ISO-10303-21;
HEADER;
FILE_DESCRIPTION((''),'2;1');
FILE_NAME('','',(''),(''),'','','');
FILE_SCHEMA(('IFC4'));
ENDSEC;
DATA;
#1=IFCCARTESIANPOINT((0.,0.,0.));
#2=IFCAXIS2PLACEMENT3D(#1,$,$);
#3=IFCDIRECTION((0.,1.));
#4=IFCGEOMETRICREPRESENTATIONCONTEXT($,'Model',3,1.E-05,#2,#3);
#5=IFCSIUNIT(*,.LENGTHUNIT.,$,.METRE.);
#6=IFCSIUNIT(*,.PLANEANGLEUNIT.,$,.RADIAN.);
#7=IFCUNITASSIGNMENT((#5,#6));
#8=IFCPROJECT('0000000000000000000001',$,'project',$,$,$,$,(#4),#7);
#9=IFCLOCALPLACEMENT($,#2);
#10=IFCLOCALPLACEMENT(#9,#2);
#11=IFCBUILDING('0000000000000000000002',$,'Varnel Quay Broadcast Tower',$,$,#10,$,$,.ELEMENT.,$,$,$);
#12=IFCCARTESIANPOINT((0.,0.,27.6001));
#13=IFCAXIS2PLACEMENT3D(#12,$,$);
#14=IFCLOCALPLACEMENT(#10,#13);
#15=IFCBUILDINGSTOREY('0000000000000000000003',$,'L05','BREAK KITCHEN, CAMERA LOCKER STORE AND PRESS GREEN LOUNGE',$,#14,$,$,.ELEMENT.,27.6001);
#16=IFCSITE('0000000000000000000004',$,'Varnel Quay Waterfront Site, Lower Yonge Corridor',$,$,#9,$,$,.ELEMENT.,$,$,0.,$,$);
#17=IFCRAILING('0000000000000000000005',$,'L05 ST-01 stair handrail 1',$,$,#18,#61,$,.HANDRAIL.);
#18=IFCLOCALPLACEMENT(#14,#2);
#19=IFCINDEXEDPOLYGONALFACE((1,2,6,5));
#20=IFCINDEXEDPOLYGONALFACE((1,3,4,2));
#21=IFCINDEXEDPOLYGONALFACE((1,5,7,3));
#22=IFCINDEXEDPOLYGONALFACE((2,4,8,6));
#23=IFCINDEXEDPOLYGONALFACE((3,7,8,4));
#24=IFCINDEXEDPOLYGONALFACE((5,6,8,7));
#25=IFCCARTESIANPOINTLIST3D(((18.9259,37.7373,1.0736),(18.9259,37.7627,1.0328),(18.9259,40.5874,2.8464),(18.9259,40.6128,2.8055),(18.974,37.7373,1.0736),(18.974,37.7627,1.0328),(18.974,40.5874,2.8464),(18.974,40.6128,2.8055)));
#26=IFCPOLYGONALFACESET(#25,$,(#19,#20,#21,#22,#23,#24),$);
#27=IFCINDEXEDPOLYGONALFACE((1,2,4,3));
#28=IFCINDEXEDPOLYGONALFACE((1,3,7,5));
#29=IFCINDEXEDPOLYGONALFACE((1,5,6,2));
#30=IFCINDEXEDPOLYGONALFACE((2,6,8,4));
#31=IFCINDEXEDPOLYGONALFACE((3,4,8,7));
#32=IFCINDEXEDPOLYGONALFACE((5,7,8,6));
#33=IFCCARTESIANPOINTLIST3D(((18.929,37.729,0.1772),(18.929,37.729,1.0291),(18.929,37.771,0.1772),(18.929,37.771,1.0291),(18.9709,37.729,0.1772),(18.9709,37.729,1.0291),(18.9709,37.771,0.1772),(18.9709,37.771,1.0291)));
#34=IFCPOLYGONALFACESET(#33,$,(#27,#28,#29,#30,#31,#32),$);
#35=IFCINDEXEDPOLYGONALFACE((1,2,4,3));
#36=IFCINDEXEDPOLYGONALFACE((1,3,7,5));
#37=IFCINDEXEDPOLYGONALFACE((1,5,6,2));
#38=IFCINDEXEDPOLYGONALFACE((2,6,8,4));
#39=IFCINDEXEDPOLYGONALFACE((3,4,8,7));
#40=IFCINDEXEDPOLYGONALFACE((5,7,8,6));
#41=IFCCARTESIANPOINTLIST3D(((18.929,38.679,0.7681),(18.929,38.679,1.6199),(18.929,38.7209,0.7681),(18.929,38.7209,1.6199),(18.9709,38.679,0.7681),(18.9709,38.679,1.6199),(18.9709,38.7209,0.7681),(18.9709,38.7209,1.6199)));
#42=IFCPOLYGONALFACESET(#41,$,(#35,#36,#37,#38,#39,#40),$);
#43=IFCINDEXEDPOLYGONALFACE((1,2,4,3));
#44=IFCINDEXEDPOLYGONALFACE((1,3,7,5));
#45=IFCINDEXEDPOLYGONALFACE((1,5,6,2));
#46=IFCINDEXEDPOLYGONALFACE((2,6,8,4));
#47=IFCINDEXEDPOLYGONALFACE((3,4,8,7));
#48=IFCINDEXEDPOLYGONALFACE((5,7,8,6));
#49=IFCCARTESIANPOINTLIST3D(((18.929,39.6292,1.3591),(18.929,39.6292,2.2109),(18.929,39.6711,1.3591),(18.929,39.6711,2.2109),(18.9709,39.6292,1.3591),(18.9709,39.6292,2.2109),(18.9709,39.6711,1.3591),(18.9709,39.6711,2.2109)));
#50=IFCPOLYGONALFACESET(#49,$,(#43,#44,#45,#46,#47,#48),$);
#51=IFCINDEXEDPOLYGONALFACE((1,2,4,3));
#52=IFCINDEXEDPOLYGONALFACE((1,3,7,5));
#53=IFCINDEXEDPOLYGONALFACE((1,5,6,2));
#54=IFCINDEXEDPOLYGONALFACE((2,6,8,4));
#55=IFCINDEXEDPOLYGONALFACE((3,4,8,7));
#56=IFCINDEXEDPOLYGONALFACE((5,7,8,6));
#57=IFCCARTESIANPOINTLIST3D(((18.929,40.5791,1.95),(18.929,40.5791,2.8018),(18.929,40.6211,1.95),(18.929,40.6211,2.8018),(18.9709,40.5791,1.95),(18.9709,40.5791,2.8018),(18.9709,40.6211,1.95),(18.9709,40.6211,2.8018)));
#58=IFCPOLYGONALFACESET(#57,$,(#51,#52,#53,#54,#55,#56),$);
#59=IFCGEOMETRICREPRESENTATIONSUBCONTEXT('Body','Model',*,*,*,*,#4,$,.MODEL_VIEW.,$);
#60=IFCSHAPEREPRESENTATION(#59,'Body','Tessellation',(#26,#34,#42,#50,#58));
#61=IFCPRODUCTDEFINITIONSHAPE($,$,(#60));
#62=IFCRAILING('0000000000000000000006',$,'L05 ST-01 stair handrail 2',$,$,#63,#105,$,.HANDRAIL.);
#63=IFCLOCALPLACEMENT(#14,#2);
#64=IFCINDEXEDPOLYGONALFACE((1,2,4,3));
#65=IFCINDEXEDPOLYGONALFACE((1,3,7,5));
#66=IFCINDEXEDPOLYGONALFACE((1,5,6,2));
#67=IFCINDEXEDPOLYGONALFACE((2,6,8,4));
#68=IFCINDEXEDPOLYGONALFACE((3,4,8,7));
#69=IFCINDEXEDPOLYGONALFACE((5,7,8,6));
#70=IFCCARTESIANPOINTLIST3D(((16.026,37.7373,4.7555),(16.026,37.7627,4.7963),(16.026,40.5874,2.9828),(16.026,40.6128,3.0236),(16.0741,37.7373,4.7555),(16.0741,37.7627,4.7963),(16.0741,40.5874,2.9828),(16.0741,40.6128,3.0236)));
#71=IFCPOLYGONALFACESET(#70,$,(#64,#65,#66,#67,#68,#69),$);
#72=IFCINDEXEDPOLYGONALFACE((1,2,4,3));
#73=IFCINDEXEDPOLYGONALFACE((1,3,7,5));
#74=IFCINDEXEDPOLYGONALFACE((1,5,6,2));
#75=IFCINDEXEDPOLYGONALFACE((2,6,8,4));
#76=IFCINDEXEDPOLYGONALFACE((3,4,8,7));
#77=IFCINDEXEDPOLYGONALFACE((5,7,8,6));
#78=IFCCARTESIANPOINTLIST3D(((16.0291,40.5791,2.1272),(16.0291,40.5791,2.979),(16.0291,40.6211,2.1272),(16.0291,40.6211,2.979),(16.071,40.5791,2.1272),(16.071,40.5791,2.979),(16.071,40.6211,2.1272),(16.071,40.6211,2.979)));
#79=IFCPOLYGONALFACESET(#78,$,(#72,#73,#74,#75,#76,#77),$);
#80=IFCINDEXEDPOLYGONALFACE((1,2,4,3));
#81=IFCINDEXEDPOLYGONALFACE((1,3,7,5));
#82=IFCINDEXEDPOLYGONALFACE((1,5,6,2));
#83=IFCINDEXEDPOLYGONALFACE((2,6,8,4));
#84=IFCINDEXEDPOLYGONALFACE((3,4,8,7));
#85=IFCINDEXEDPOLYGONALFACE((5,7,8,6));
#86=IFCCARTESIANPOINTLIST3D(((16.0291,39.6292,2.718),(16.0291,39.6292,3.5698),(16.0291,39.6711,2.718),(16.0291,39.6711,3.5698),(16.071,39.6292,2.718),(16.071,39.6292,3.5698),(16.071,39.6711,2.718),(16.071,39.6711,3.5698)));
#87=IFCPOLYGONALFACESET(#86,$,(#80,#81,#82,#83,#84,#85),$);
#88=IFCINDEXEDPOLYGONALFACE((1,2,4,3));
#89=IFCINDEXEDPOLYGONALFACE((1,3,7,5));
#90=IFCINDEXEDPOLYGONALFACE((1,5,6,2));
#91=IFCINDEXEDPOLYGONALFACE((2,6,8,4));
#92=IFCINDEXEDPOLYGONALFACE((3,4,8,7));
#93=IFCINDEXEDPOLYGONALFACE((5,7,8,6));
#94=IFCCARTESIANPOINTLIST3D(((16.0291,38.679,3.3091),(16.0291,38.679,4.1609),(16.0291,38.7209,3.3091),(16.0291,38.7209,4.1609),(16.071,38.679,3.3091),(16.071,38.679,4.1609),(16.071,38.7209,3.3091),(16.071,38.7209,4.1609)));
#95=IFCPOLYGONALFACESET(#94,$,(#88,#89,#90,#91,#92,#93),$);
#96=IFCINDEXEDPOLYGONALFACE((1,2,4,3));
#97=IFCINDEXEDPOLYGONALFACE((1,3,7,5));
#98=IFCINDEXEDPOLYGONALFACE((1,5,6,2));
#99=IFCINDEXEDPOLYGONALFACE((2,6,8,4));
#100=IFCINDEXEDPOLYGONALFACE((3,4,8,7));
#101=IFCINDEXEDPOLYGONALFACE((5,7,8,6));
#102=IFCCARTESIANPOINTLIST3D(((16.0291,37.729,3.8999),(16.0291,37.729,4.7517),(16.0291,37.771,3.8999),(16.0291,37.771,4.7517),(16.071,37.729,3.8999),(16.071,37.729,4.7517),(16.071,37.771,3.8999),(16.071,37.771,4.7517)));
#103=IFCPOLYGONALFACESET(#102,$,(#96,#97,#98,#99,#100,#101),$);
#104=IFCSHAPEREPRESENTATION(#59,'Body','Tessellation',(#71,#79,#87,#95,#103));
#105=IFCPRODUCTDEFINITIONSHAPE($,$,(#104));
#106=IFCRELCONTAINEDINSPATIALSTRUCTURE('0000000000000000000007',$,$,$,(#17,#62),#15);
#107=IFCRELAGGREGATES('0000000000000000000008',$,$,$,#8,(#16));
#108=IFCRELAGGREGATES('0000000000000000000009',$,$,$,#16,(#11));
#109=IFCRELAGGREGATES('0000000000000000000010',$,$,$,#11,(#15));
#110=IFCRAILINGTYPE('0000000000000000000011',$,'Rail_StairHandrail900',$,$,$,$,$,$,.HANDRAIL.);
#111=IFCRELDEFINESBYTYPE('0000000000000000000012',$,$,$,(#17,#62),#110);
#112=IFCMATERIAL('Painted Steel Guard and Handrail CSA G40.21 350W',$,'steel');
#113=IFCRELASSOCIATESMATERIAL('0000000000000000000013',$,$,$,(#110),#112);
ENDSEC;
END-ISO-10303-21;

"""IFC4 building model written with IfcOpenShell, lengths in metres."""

from ifc_helpers import new_model, si_unit, direction, frame, origin, origin_2d, place, context, subcontext, project, spatial, rectangle, extrude, material, type_object, element, save


model = new_model("IFC4")

# Units and contexts
model_context = context("Model", 3, precision=1e-05, world=origin(), true_north=direction((0.0, 1.0)))
body_context = subcontext(model_context, "Body", "Model", "MODEL_VIEW")
ifc_project = project(units=[si_unit("LENGTHUNIT", "METRE"), si_unit("PLANEANGLEUNIT", "RADIAN")], contexts=[model_context])

# Site, building, storey
site_placement = place(None, origin())
site = spatial("IfcSite", under=ifc_project, at=site_placement, Name="Varnel Quay Waterfront Site, Lower Yonge Corridor", CompositionType="ELEMENT", RefElevation=0.0)
building_placement = place(site_placement, origin())
building = spatial("IfcBuilding", under=site, at=building_placement, Name="Varnel Quay Broadcast Tower", CompositionType="ELEMENT")
storey_placement = place(building_placement, frame((0.0, 0.0, 27.6001)))
storey = spatial("IfcBuildingStorey", under=building, at=storey_placement, Name="L05", Description="BREAK KITCHEN, CAMERA LOCKER STORE AND PRESS GREEN LOUNGE", CompositionType="ELEMENT", Elevation=27.6001)

# Railings
ifc_material_1 = material(Name="Painted Steel Guard and Handrail CSA G40.21 350W", Category="steel")
railing_type_1 = type_object("IfcRailingType", Name="Rail_StairHandrail900", PredefinedType="HANDRAIL", material=ifc_material_1)
railing_1_placement = place(storey_placement, frame((18.95, 37.75, 0.1772)))
element("IfcRailing", 1, at=railing_1_placement, inside=storey, type_object=railing_type_1, Name="L05 ST-01 stair handrail 1", PredefinedType="HANDRAIL", context=body_context, shape_type="SweptSolid", body=[
    extrude(rectangle(XDim=0.0481, YDim=0.0481, at=origin_2d()), frame((0.0, 0.0, 0.876), z_axis=(0.0, 0.849149, 0.528154), x_axis=(-1.0, 0.0, 0.0)), (0.0, 0.0, 1.0), 3.3564),
    extrude(rectangle(XDim=0.042, YDim=0.042, at=origin_2d()), origin(), (0.0, 0.0, 1.0), 0.8518),
    extrude(rectangle(XDim=0.042, YDim=0.042, at=origin_2d()), frame((0.0, 0.95, 0.5908)), (0.0, 0.0, 1.0), 0.8518),
    extrude(rectangle(XDim=0.042, YDim=0.042, at=origin_2d()), frame((0.0, 1.9001, 1.1819)), (0.0, 0.0, 1.0), 0.8518),
    extrude(rectangle(XDim=0.042, YDim=0.042, at=origin_2d()), frame((0.0, 2.8501, 1.7727)), (0.0, 0.0, 1.0), 0.8518),
])
railing_2_placement = place(storey_placement, frame((16.05, 40.6001, 2.1272)))
element("IfcRailing", 2, at=railing_2_placement, inside=storey, type_object=railing_type_1, Name="L05 ST-01 stair handrail 2", PredefinedType="HANDRAIL", context=body_context, shape_type="SweptSolid", body=[
    extrude(rectangle(XDim=0.0481, YDim=0.0481, at=origin_2d()), frame((0.0, 0.0, 0.876), z_axis=(0.0, -0.849149, 0.528154), x_axis=(1.0, 0.0, 0.0)), (0.0, 0.0, 1.0), 3.3564),
    extrude(rectangle(XDim=0.042, YDim=0.042, at=origin_2d()), origin(), (0.0, 0.0, 1.0), 0.8518),
    extrude(rectangle(XDim=0.042, YDim=0.042, at=origin_2d()), frame((0.0, -0.95, 0.5908)), (0.0, 0.0, 1.0), 0.8518),
    extrude(rectangle(XDim=0.042, YDim=0.042, at=origin_2d()), frame((0.0, -1.9001, 1.1819)), (0.0, 0.0, 1.0), 0.8518),
    extrude(rectangle(XDim=0.042, YDim=0.042, at=origin_2d()), frame((0.0, -2.8501, 1.7727)), (0.0, 0.0, 1.0), 0.8518),
])

save(model, "model.ifc")
